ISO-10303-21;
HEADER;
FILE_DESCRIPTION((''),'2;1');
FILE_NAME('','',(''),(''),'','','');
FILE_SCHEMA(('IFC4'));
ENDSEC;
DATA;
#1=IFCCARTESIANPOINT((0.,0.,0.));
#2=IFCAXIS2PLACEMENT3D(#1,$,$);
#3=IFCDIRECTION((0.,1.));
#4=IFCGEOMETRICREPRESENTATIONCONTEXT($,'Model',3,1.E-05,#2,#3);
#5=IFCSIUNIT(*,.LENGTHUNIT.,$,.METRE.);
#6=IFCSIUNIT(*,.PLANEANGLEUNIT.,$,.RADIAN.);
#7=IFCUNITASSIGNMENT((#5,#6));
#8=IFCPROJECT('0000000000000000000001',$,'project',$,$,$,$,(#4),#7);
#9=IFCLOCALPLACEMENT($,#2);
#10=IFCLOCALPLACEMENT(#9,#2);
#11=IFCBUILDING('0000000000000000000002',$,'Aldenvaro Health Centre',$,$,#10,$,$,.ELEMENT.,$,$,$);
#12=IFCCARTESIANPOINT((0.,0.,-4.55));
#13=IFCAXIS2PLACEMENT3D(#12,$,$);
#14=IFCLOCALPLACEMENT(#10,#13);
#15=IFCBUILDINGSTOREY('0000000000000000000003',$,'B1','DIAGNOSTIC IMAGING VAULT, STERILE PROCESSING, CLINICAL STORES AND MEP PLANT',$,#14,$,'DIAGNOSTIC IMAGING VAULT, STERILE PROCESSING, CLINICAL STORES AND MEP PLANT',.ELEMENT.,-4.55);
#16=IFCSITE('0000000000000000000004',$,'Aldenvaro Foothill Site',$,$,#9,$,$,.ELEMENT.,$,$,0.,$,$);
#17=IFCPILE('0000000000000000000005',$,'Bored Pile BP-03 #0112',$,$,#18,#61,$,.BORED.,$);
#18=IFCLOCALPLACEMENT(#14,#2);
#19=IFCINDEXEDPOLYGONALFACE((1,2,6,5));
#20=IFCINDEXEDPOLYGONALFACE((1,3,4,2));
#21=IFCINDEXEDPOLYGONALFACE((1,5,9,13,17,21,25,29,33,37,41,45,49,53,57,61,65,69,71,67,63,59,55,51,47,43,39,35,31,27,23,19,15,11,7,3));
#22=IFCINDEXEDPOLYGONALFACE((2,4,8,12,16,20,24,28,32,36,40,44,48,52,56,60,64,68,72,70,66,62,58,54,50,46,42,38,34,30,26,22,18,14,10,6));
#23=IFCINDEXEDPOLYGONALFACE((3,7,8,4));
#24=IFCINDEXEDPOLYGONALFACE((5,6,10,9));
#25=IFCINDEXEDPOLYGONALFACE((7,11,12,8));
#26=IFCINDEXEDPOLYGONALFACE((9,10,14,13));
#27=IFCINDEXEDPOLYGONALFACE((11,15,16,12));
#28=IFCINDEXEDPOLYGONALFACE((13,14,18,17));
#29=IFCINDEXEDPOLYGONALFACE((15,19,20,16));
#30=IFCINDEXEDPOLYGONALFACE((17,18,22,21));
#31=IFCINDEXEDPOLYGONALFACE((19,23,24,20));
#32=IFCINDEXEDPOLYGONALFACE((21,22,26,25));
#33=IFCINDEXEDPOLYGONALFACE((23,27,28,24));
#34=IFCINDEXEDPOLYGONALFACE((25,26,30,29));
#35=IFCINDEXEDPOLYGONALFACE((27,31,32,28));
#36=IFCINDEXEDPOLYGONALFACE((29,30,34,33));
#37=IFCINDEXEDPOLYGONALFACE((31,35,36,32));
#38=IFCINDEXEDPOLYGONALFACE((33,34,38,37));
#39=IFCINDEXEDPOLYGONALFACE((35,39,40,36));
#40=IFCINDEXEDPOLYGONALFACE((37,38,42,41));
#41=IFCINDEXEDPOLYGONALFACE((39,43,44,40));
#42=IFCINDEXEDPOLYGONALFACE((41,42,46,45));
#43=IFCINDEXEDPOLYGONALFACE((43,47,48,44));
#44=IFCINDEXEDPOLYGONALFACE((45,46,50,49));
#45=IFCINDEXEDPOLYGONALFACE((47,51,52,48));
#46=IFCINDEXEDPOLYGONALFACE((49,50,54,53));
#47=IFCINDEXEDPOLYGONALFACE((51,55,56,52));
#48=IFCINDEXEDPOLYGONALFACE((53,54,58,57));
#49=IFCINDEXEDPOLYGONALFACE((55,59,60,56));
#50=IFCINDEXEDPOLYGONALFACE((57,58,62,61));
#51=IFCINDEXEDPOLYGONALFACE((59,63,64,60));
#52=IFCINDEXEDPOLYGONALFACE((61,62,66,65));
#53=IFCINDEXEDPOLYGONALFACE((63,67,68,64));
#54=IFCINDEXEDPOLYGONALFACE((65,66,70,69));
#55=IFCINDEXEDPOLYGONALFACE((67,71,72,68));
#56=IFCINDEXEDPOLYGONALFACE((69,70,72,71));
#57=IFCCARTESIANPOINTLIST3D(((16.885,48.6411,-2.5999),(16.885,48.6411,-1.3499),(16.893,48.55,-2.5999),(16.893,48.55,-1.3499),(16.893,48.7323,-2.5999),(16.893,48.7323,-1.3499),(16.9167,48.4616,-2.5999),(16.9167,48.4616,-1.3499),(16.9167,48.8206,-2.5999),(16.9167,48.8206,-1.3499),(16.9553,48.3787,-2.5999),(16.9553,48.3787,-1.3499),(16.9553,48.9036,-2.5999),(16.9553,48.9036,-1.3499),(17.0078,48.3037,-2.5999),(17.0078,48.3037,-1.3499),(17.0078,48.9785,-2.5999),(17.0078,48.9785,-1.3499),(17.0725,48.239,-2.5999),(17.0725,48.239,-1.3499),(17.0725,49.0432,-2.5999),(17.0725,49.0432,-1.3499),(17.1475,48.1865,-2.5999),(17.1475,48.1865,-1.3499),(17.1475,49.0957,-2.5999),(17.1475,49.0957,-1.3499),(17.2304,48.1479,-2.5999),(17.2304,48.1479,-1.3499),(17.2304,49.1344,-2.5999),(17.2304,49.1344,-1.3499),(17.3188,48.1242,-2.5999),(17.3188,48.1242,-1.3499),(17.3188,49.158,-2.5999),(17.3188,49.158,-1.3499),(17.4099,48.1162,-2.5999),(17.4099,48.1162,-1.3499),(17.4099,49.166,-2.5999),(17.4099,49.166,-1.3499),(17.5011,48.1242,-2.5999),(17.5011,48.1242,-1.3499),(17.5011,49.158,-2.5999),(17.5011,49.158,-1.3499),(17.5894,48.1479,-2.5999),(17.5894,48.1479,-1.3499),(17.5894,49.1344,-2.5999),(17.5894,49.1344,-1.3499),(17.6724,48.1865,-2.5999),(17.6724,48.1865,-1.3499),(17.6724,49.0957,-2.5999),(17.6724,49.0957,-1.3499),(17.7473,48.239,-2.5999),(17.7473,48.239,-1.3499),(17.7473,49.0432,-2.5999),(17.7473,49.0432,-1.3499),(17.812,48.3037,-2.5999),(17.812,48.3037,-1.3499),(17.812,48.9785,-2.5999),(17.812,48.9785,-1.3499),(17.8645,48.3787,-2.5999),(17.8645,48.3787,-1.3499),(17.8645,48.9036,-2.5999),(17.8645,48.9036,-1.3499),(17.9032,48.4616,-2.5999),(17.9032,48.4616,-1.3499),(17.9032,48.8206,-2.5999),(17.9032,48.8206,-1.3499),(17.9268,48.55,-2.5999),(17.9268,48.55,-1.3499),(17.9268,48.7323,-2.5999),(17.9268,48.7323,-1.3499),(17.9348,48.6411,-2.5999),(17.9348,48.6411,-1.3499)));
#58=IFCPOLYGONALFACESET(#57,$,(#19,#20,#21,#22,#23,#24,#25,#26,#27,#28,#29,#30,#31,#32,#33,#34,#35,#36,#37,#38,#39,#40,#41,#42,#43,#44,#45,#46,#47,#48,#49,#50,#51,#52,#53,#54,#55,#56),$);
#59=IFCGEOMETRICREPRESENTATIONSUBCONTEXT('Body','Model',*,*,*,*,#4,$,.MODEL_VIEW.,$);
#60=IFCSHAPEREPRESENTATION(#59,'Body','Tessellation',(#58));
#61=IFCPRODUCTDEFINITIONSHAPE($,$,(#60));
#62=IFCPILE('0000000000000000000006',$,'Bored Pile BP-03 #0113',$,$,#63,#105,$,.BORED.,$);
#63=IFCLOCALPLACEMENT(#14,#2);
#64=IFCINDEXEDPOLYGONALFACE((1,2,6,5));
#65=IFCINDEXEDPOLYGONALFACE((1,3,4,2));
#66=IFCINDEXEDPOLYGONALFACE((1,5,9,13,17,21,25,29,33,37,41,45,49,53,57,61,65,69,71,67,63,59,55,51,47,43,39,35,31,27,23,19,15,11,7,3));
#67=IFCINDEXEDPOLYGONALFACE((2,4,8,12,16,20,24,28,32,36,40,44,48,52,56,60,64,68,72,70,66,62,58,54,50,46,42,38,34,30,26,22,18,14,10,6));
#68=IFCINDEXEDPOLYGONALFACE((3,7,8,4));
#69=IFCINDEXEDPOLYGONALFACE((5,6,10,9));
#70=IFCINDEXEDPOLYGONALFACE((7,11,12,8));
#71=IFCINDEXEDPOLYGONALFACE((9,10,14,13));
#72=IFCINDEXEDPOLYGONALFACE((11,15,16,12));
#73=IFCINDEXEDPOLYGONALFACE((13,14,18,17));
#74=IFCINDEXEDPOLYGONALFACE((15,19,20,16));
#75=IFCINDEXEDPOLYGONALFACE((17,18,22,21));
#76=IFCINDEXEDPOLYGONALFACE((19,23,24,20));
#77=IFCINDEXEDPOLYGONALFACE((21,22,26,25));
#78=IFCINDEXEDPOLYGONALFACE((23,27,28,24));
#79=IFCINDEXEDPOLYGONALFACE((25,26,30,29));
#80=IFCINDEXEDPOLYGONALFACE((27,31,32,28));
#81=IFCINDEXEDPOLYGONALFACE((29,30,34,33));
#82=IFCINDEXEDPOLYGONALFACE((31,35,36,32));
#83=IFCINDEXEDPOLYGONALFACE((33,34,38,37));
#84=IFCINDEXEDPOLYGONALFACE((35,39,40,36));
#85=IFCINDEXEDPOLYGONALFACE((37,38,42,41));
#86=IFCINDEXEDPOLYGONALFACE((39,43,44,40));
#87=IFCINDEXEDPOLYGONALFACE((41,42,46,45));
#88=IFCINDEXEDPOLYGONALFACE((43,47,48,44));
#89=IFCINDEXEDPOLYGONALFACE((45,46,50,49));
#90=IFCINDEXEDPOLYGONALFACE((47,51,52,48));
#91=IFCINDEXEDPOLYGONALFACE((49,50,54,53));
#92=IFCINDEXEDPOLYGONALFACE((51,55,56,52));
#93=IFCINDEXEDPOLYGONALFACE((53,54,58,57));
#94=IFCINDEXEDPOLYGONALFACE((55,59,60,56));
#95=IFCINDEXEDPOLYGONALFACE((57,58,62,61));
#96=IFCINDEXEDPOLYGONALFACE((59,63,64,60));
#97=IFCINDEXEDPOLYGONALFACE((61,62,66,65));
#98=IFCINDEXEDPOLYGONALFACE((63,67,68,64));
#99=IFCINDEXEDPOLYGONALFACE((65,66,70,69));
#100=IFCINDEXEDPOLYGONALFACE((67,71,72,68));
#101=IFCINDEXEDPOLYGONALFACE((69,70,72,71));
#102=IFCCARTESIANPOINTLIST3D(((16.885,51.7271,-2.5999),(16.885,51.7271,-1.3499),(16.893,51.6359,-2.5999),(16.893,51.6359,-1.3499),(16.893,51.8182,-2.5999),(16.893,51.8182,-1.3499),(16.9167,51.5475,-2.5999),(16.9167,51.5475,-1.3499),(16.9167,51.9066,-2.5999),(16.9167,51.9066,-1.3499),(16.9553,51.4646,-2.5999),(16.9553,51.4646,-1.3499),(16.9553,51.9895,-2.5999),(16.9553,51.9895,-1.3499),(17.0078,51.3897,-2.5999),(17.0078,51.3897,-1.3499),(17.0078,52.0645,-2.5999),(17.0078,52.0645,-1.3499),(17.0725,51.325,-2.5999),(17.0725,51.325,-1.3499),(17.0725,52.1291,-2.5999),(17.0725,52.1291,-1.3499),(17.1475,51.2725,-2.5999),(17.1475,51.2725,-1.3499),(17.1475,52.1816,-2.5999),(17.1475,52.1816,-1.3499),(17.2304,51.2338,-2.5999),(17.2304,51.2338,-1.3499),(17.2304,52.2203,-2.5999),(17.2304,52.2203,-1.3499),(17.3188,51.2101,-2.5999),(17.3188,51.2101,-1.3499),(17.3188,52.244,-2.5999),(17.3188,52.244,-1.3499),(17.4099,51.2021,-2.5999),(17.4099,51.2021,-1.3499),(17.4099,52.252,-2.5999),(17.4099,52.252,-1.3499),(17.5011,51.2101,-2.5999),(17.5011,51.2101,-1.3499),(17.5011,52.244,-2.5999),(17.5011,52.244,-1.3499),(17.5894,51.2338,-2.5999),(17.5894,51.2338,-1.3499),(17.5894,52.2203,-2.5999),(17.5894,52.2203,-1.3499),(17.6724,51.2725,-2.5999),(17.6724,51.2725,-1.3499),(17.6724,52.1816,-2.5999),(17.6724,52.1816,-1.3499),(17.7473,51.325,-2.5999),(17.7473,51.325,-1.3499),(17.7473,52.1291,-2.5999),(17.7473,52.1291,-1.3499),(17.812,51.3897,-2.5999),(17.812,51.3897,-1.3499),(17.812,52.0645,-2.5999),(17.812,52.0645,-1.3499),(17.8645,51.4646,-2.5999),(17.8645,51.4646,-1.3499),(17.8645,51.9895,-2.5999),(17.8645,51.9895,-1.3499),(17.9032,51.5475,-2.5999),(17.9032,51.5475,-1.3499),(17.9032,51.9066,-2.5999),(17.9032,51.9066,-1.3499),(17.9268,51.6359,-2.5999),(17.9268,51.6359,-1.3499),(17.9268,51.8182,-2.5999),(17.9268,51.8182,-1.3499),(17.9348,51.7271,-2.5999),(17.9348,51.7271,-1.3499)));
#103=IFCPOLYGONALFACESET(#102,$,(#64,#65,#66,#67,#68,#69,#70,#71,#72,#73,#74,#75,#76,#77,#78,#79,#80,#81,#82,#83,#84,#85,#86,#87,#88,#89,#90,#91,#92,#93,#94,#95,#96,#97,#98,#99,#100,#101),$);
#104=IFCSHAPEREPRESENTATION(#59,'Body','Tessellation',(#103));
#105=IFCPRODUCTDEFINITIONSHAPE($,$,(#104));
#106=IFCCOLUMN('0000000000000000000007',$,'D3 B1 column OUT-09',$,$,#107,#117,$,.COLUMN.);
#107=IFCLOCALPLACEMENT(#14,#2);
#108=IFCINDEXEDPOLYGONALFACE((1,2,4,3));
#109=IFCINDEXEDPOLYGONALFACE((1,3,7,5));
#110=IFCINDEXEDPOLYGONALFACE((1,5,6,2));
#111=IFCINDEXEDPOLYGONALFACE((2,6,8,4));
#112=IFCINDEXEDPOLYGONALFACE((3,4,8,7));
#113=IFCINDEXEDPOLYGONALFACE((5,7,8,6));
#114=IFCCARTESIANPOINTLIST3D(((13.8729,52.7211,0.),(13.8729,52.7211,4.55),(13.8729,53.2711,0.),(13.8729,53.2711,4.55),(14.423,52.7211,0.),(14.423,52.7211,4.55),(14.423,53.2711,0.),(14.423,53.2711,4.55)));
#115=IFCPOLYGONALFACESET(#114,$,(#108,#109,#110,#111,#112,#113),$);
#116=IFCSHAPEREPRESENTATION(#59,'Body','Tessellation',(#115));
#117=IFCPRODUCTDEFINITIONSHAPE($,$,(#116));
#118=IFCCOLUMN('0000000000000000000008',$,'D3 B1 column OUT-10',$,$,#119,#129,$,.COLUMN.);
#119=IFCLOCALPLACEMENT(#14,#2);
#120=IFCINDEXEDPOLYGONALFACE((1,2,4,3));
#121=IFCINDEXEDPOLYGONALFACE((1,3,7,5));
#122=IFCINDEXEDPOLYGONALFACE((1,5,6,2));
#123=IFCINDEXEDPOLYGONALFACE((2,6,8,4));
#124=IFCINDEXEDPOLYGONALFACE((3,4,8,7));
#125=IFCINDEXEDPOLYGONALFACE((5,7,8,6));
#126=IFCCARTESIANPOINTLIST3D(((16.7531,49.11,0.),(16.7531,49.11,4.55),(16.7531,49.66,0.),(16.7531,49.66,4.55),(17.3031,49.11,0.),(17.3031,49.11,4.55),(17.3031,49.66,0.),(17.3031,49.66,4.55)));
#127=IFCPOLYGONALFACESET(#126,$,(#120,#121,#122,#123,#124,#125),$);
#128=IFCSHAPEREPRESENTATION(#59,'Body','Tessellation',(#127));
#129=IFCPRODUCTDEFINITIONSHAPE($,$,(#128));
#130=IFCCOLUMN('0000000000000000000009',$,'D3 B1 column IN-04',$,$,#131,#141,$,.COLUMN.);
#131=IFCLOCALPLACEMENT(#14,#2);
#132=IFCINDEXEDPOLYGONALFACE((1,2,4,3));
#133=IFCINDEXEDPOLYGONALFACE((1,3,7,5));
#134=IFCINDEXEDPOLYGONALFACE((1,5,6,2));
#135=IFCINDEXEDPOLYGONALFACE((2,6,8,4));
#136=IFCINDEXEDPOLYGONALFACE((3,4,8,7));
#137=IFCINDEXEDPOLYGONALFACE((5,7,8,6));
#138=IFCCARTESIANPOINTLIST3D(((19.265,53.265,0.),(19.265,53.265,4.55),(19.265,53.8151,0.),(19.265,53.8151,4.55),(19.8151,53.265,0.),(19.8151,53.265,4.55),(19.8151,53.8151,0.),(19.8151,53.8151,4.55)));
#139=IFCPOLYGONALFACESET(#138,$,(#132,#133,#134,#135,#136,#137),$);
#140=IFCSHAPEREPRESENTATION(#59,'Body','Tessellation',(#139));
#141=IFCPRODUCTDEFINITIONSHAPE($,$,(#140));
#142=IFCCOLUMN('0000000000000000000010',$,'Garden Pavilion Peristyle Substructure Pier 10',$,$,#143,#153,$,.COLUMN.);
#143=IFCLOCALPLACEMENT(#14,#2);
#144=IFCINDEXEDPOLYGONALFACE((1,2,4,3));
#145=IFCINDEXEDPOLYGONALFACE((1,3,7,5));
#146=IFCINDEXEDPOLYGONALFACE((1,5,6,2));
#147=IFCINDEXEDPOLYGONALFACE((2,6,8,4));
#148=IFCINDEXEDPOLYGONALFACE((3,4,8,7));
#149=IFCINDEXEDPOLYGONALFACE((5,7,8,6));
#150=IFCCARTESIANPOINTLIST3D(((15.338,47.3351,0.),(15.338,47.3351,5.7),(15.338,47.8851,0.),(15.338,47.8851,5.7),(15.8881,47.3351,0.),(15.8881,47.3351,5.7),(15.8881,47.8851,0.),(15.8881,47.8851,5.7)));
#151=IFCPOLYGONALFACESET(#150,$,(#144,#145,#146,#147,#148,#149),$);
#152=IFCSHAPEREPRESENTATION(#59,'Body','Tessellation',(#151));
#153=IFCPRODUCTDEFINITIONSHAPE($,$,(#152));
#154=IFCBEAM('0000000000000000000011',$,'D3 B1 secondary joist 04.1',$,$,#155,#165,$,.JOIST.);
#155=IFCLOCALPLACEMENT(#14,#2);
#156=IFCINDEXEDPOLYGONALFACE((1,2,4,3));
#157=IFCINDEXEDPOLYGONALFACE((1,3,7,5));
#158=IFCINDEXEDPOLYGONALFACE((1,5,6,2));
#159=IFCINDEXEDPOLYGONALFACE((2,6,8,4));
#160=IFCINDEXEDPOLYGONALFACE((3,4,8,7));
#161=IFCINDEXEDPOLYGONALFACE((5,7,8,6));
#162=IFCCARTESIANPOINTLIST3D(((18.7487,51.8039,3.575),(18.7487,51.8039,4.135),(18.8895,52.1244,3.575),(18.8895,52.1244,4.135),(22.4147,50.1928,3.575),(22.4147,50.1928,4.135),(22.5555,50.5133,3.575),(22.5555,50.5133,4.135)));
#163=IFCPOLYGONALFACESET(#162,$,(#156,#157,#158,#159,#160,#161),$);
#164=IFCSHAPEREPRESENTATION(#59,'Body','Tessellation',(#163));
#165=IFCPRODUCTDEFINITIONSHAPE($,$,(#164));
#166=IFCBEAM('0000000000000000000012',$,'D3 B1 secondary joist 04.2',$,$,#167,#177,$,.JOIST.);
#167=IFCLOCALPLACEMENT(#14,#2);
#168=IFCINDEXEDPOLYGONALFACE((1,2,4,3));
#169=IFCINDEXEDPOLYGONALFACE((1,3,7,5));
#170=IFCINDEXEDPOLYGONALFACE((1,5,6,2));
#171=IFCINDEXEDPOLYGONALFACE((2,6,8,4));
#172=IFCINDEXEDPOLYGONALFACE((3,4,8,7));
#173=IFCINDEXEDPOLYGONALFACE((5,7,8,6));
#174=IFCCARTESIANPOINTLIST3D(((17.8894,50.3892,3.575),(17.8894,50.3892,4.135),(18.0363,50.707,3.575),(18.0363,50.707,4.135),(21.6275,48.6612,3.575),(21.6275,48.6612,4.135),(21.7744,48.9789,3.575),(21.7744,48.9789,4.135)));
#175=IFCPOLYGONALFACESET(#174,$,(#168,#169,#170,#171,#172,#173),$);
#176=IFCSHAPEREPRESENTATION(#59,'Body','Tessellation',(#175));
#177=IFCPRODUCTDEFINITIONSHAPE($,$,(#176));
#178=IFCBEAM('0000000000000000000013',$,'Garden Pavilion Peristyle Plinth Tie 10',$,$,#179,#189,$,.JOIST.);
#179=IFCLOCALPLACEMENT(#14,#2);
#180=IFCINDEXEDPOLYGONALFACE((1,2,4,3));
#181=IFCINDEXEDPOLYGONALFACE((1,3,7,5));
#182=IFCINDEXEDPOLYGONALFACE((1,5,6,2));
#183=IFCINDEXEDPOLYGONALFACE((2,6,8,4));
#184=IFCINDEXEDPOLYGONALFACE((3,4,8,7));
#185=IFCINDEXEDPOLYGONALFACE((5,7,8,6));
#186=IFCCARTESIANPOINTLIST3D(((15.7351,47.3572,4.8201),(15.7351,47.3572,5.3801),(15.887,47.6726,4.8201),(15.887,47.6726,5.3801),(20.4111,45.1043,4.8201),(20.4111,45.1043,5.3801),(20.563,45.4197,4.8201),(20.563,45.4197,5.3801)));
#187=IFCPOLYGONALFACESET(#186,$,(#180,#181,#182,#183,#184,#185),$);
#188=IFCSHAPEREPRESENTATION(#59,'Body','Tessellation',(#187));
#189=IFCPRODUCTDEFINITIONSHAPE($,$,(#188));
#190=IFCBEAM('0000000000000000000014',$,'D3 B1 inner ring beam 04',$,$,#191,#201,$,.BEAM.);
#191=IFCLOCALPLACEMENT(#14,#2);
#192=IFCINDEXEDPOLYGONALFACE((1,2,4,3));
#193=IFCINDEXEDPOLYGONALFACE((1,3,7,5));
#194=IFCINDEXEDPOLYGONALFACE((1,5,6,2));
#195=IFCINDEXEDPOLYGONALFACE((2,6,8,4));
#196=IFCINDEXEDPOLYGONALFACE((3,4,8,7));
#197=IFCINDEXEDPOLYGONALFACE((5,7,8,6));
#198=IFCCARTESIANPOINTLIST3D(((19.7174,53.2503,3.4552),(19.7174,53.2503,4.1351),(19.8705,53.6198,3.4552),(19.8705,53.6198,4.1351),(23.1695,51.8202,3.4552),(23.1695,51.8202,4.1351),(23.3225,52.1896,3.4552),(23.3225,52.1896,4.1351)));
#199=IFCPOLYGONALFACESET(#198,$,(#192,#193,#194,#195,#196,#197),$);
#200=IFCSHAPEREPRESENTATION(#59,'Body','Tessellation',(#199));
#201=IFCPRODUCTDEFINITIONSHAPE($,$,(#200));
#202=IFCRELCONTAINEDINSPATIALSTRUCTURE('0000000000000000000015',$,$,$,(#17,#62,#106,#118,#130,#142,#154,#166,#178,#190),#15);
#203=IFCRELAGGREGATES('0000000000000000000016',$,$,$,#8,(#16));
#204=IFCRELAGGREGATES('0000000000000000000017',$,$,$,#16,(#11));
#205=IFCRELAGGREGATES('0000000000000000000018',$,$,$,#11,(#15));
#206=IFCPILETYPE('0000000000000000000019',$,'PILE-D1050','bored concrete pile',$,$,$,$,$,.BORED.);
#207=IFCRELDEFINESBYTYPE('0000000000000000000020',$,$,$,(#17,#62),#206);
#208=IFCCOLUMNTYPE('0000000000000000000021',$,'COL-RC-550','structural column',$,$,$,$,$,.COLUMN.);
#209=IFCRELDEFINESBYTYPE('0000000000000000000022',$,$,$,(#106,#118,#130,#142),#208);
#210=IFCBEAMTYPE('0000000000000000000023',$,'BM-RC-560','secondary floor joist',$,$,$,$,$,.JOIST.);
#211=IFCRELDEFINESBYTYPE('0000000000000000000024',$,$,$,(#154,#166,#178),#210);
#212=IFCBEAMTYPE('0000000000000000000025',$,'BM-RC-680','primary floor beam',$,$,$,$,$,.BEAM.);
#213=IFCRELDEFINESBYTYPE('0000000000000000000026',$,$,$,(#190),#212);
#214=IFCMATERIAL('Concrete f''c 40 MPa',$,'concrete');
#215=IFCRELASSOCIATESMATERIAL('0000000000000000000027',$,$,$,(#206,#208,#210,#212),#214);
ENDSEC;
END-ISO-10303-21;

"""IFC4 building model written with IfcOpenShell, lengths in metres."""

from ifc_helpers import new_model, si_unit, direction, frame, origin, origin_2d, place, context, subcontext, project, spatial, rectangle, circle, extrude, material, material_profile, profile_set, type_object, element, save


model = new_model("IFC4")

# Units and contexts
model_context = context("Model", 3, precision=1e-05, world=origin(), true_north=direction((0.0, 1.0)))
body_context = subcontext(model_context, "Body", "Model", "MODEL_VIEW")
ifc_project = project(units=[si_unit("LENGTHUNIT", "METRE"), si_unit("PLANEANGLEUNIT", "RADIAN")], contexts=[model_context])

# Site, building, storey
site_placement = place(None, origin())
site = spatial("IfcSite", under=ifc_project, at=site_placement, Name="Aldenvaro Foothill Site", CompositionType="ELEMENT", RefElevation=0.0)
building_placement = place(site_placement, origin())
building = spatial("IfcBuilding", under=site, at=building_placement, Name="Aldenvaro Health Centre", CompositionType="ELEMENT")
storey_placement = place(building_placement, frame((0.0, 0.0, -4.55)))
storey = spatial("IfcBuildingStorey", under=building, at=storey_placement, Name="B1", Description="DIAGNOSTIC IMAGING VAULT, STERILE PROCESSING, CLINICAL STORES AND MEP PLANT", LongName="DIAGNOSTIC IMAGING VAULT, STERILE PROCESSING, CLINICAL STORES AND MEP PLANT", CompositionType="ELEMENT", Elevation=-4.55)

# Piles
ifc_material_1 = material(Name="Concrete f'c 40 MPa", Category="concrete")
ifc_material_profile_1 = material_profile(ifc_material_1, circle(Radius=0.5249, at=origin_2d()), Name="PILE D1050", Category="concrete")
ifc_profile_set_1 = profile_set([ifc_material_profile_1], Name="Concrete f'c 40 MPa")
pile_type = type_object("IfcPileType", Name="PILE-D1050", Description="bored concrete pile", PredefinedType="BORED", material=ifc_profile_set_1)
for number, where, z_axis, x_axis, name in (
    (1, (17.4099, 48.6411, -1.3499), (0.0, 0.0, -1.0), (1.0, 0.0, 0.0), "Bored Pile BP-03 #0112"),
    (2, (17.4099, 51.7271, -1.3499), (0.0, 0.0, -1.0), (1.0, 0.0, 0.0), "Bored Pile BP-03 #0113"),
):
    element("IfcPile", number, at=place(storey_placement, frame(where, z_axis=z_axis, x_axis=x_axis)), inside=storey, type_object=pile_type, Name=name, PredefinedType="BORED", context=body_context, shape_type="SweptSolid", body=[
        extrude(circle(Radius=0.5249, at=origin_2d()), origin(), (0.0, 0.0, 1.0), 1.25),
    ])

# Columns
ifc_material_profile_2 = material_profile(ifc_material_1, rectangle(XDim=0.55, YDim=0.55, at=origin_2d()), Name="RC 550x550", Category="concrete")
ifc_profile_set_2 = profile_set([ifc_material_profile_2], Name="Concrete f'c 40 MPa")
column_type = type_object("IfcColumnType", Name="COL-RC-550", Description="structural column", PredefinedType="COLUMN", material=ifc_profile_set_2)
for number, where, z_axis, x_axis, name in (
    (3, (14.1479, 52.9961, 0.0), (0.0, 0.0, 1.0), (1.0, 0.0, 0.0), "D3 B1 column OUT-09"),
    (4, (17.0281, 49.385, 0.0), (0.0, 0.0, 1.0), (1.0, 0.0, 0.0), "D3 B1 column OUT-10"),
    (5, (19.54, 53.54, 0.0), (0.0, 0.0, 1.0), (1.0, 0.0, 0.0), "D3 B1 column IN-04"),
):
    element("IfcColumn", number, at=place(storey_placement, frame(where, z_axis=z_axis, x_axis=x_axis)), inside=storey, type_object=column_type, Name=name, PredefinedType="COLUMN", context=body_context, shape_type="SweptSolid", body=[
        extrude(rectangle(XDim=0.55, YDim=0.55, at=origin_2d()), origin(), (0.0, 0.0, 1.0), 4.55),
    ])
column_placement = place(storey_placement, frame((15.613, 47.6101, 0.0), z_axis=(0.0, 0.0, 1.0), x_axis=(1.0, 0.0, 0.0)))
element("IfcColumn", 6, at=column_placement, inside=storey, type_object=column_type, Name="Garden Pavilion Peristyle Substructure Pier 10", PredefinedType="COLUMN", context=body_context, shape_type="SweptSolid", body=[
    extrude(rectangle(XDim=0.55, YDim=0.55, at=origin_2d()), origin(), (0.0, 0.0, 1.0), 5.7),
])

# Beams
ifc_material_profile_3 = material_profile(ifc_material_1, rectangle(XDim=0.3501, YDim=0.5601, at=origin_2d()), Name="RC 350x560", Category="concrete")
ifc_profile_set_3 = profile_set([ifc_material_profile_3], Name="Concrete f'c 40 MPa")
beam_type_1 = type_object("IfcBeamType", Name="BM-RC-560", Description="secondary floor joist", PredefinedType="JOIST", material=ifc_profile_set_3)
beam_1_placement = place(storey_placement, frame((18.8191, 51.9641, 3.855), z_axis=(0.915496, -0.402328, 0.0), x_axis=(0.402328, 0.915496, 0.0)))
element("IfcBeam", 7, at=beam_1_placement, inside=storey, type_object=beam_type_1, Name="D3 B1 secondary joist 04.1", PredefinedType="JOIST", context=body_context, shape_type="SweptSolid", body=[
    extrude(rectangle(XDim=0.3501, YDim=0.5601, at=origin_2d()), origin(), (0.0, 0.0, 1.0), 4.0044),
])
beam_2_placement = place(storey_placement, frame((17.9629, 50.5481, 3.855), z_axis=(0.907702, -0.419615, 0.0), x_axis=(0.419615, 0.907702, 0.0)))
element("IfcBeam", 8, at=beam_2_placement, inside=storey, type_object=beam_type_1, Name="D3 B1 secondary joist 04.2", PredefinedType="JOIST", context=body_context, shape_type="SweptSolid", body=[
    extrude(rectangle(XDim=0.3501, YDim=0.5601, at=origin_2d()), origin(), (0.0, 0.0, 1.0), 4.1182),
])
beam_3_placement = place(storey_placement, frame((15.811, 47.5149, 5.1001), z_axis=(0.900888, -0.434052, 0.0), x_axis=(0.434052, 0.900888, 0.0)))
element("IfcBeam", 9, at=beam_3_placement, inside=storey, type_object=beam_type_1, Name="Garden Pavilion Peristyle Plinth Tie 10", PredefinedType="JOIST", context=body_context, shape_type="SweptSolid", body=[
    extrude(rectangle(XDim=0.3501, YDim=0.5601, at=origin_2d()), origin(), (0.0, 0.0, 1.0), 5.1904),
])
ifc_material_profile_4 = material_profile(ifc_material_1, rectangle(XDim=0.3999, YDim=0.6799, at=origin_2d()), Name="RC 400x680", Category="concrete")
ifc_profile_set_4 = profile_set([ifc_material_profile_4], Name="Concrete f'c 40 MPa")
beam_type_2 = type_object("IfcBeamType", Name="BM-RC-680", Description="primary floor beam", PredefinedType="BEAM", material=ifc_profile_set_4)
beam_4_placement = place(storey_placement, frame((19.7939, 53.4351, 3.7952), z_axis=(0.923856, -0.38274, 0.0), x_axis=(0.38274, 0.923856, 0.0)))
element("IfcBeam", 10, at=beam_4_placement, inside=storey, type_object=beam_type_2, Name="D3 B1 inner ring beam 04", PredefinedType="BEAM", context=body_context, shape_type="SweptSolid", body=[
    extrude(rectangle(XDim=0.3999, YDim=0.6799, at=origin_2d()), origin(), (0.0, 0.0, 1.0), 3.7366),
])

save(model, "model.ifc")
